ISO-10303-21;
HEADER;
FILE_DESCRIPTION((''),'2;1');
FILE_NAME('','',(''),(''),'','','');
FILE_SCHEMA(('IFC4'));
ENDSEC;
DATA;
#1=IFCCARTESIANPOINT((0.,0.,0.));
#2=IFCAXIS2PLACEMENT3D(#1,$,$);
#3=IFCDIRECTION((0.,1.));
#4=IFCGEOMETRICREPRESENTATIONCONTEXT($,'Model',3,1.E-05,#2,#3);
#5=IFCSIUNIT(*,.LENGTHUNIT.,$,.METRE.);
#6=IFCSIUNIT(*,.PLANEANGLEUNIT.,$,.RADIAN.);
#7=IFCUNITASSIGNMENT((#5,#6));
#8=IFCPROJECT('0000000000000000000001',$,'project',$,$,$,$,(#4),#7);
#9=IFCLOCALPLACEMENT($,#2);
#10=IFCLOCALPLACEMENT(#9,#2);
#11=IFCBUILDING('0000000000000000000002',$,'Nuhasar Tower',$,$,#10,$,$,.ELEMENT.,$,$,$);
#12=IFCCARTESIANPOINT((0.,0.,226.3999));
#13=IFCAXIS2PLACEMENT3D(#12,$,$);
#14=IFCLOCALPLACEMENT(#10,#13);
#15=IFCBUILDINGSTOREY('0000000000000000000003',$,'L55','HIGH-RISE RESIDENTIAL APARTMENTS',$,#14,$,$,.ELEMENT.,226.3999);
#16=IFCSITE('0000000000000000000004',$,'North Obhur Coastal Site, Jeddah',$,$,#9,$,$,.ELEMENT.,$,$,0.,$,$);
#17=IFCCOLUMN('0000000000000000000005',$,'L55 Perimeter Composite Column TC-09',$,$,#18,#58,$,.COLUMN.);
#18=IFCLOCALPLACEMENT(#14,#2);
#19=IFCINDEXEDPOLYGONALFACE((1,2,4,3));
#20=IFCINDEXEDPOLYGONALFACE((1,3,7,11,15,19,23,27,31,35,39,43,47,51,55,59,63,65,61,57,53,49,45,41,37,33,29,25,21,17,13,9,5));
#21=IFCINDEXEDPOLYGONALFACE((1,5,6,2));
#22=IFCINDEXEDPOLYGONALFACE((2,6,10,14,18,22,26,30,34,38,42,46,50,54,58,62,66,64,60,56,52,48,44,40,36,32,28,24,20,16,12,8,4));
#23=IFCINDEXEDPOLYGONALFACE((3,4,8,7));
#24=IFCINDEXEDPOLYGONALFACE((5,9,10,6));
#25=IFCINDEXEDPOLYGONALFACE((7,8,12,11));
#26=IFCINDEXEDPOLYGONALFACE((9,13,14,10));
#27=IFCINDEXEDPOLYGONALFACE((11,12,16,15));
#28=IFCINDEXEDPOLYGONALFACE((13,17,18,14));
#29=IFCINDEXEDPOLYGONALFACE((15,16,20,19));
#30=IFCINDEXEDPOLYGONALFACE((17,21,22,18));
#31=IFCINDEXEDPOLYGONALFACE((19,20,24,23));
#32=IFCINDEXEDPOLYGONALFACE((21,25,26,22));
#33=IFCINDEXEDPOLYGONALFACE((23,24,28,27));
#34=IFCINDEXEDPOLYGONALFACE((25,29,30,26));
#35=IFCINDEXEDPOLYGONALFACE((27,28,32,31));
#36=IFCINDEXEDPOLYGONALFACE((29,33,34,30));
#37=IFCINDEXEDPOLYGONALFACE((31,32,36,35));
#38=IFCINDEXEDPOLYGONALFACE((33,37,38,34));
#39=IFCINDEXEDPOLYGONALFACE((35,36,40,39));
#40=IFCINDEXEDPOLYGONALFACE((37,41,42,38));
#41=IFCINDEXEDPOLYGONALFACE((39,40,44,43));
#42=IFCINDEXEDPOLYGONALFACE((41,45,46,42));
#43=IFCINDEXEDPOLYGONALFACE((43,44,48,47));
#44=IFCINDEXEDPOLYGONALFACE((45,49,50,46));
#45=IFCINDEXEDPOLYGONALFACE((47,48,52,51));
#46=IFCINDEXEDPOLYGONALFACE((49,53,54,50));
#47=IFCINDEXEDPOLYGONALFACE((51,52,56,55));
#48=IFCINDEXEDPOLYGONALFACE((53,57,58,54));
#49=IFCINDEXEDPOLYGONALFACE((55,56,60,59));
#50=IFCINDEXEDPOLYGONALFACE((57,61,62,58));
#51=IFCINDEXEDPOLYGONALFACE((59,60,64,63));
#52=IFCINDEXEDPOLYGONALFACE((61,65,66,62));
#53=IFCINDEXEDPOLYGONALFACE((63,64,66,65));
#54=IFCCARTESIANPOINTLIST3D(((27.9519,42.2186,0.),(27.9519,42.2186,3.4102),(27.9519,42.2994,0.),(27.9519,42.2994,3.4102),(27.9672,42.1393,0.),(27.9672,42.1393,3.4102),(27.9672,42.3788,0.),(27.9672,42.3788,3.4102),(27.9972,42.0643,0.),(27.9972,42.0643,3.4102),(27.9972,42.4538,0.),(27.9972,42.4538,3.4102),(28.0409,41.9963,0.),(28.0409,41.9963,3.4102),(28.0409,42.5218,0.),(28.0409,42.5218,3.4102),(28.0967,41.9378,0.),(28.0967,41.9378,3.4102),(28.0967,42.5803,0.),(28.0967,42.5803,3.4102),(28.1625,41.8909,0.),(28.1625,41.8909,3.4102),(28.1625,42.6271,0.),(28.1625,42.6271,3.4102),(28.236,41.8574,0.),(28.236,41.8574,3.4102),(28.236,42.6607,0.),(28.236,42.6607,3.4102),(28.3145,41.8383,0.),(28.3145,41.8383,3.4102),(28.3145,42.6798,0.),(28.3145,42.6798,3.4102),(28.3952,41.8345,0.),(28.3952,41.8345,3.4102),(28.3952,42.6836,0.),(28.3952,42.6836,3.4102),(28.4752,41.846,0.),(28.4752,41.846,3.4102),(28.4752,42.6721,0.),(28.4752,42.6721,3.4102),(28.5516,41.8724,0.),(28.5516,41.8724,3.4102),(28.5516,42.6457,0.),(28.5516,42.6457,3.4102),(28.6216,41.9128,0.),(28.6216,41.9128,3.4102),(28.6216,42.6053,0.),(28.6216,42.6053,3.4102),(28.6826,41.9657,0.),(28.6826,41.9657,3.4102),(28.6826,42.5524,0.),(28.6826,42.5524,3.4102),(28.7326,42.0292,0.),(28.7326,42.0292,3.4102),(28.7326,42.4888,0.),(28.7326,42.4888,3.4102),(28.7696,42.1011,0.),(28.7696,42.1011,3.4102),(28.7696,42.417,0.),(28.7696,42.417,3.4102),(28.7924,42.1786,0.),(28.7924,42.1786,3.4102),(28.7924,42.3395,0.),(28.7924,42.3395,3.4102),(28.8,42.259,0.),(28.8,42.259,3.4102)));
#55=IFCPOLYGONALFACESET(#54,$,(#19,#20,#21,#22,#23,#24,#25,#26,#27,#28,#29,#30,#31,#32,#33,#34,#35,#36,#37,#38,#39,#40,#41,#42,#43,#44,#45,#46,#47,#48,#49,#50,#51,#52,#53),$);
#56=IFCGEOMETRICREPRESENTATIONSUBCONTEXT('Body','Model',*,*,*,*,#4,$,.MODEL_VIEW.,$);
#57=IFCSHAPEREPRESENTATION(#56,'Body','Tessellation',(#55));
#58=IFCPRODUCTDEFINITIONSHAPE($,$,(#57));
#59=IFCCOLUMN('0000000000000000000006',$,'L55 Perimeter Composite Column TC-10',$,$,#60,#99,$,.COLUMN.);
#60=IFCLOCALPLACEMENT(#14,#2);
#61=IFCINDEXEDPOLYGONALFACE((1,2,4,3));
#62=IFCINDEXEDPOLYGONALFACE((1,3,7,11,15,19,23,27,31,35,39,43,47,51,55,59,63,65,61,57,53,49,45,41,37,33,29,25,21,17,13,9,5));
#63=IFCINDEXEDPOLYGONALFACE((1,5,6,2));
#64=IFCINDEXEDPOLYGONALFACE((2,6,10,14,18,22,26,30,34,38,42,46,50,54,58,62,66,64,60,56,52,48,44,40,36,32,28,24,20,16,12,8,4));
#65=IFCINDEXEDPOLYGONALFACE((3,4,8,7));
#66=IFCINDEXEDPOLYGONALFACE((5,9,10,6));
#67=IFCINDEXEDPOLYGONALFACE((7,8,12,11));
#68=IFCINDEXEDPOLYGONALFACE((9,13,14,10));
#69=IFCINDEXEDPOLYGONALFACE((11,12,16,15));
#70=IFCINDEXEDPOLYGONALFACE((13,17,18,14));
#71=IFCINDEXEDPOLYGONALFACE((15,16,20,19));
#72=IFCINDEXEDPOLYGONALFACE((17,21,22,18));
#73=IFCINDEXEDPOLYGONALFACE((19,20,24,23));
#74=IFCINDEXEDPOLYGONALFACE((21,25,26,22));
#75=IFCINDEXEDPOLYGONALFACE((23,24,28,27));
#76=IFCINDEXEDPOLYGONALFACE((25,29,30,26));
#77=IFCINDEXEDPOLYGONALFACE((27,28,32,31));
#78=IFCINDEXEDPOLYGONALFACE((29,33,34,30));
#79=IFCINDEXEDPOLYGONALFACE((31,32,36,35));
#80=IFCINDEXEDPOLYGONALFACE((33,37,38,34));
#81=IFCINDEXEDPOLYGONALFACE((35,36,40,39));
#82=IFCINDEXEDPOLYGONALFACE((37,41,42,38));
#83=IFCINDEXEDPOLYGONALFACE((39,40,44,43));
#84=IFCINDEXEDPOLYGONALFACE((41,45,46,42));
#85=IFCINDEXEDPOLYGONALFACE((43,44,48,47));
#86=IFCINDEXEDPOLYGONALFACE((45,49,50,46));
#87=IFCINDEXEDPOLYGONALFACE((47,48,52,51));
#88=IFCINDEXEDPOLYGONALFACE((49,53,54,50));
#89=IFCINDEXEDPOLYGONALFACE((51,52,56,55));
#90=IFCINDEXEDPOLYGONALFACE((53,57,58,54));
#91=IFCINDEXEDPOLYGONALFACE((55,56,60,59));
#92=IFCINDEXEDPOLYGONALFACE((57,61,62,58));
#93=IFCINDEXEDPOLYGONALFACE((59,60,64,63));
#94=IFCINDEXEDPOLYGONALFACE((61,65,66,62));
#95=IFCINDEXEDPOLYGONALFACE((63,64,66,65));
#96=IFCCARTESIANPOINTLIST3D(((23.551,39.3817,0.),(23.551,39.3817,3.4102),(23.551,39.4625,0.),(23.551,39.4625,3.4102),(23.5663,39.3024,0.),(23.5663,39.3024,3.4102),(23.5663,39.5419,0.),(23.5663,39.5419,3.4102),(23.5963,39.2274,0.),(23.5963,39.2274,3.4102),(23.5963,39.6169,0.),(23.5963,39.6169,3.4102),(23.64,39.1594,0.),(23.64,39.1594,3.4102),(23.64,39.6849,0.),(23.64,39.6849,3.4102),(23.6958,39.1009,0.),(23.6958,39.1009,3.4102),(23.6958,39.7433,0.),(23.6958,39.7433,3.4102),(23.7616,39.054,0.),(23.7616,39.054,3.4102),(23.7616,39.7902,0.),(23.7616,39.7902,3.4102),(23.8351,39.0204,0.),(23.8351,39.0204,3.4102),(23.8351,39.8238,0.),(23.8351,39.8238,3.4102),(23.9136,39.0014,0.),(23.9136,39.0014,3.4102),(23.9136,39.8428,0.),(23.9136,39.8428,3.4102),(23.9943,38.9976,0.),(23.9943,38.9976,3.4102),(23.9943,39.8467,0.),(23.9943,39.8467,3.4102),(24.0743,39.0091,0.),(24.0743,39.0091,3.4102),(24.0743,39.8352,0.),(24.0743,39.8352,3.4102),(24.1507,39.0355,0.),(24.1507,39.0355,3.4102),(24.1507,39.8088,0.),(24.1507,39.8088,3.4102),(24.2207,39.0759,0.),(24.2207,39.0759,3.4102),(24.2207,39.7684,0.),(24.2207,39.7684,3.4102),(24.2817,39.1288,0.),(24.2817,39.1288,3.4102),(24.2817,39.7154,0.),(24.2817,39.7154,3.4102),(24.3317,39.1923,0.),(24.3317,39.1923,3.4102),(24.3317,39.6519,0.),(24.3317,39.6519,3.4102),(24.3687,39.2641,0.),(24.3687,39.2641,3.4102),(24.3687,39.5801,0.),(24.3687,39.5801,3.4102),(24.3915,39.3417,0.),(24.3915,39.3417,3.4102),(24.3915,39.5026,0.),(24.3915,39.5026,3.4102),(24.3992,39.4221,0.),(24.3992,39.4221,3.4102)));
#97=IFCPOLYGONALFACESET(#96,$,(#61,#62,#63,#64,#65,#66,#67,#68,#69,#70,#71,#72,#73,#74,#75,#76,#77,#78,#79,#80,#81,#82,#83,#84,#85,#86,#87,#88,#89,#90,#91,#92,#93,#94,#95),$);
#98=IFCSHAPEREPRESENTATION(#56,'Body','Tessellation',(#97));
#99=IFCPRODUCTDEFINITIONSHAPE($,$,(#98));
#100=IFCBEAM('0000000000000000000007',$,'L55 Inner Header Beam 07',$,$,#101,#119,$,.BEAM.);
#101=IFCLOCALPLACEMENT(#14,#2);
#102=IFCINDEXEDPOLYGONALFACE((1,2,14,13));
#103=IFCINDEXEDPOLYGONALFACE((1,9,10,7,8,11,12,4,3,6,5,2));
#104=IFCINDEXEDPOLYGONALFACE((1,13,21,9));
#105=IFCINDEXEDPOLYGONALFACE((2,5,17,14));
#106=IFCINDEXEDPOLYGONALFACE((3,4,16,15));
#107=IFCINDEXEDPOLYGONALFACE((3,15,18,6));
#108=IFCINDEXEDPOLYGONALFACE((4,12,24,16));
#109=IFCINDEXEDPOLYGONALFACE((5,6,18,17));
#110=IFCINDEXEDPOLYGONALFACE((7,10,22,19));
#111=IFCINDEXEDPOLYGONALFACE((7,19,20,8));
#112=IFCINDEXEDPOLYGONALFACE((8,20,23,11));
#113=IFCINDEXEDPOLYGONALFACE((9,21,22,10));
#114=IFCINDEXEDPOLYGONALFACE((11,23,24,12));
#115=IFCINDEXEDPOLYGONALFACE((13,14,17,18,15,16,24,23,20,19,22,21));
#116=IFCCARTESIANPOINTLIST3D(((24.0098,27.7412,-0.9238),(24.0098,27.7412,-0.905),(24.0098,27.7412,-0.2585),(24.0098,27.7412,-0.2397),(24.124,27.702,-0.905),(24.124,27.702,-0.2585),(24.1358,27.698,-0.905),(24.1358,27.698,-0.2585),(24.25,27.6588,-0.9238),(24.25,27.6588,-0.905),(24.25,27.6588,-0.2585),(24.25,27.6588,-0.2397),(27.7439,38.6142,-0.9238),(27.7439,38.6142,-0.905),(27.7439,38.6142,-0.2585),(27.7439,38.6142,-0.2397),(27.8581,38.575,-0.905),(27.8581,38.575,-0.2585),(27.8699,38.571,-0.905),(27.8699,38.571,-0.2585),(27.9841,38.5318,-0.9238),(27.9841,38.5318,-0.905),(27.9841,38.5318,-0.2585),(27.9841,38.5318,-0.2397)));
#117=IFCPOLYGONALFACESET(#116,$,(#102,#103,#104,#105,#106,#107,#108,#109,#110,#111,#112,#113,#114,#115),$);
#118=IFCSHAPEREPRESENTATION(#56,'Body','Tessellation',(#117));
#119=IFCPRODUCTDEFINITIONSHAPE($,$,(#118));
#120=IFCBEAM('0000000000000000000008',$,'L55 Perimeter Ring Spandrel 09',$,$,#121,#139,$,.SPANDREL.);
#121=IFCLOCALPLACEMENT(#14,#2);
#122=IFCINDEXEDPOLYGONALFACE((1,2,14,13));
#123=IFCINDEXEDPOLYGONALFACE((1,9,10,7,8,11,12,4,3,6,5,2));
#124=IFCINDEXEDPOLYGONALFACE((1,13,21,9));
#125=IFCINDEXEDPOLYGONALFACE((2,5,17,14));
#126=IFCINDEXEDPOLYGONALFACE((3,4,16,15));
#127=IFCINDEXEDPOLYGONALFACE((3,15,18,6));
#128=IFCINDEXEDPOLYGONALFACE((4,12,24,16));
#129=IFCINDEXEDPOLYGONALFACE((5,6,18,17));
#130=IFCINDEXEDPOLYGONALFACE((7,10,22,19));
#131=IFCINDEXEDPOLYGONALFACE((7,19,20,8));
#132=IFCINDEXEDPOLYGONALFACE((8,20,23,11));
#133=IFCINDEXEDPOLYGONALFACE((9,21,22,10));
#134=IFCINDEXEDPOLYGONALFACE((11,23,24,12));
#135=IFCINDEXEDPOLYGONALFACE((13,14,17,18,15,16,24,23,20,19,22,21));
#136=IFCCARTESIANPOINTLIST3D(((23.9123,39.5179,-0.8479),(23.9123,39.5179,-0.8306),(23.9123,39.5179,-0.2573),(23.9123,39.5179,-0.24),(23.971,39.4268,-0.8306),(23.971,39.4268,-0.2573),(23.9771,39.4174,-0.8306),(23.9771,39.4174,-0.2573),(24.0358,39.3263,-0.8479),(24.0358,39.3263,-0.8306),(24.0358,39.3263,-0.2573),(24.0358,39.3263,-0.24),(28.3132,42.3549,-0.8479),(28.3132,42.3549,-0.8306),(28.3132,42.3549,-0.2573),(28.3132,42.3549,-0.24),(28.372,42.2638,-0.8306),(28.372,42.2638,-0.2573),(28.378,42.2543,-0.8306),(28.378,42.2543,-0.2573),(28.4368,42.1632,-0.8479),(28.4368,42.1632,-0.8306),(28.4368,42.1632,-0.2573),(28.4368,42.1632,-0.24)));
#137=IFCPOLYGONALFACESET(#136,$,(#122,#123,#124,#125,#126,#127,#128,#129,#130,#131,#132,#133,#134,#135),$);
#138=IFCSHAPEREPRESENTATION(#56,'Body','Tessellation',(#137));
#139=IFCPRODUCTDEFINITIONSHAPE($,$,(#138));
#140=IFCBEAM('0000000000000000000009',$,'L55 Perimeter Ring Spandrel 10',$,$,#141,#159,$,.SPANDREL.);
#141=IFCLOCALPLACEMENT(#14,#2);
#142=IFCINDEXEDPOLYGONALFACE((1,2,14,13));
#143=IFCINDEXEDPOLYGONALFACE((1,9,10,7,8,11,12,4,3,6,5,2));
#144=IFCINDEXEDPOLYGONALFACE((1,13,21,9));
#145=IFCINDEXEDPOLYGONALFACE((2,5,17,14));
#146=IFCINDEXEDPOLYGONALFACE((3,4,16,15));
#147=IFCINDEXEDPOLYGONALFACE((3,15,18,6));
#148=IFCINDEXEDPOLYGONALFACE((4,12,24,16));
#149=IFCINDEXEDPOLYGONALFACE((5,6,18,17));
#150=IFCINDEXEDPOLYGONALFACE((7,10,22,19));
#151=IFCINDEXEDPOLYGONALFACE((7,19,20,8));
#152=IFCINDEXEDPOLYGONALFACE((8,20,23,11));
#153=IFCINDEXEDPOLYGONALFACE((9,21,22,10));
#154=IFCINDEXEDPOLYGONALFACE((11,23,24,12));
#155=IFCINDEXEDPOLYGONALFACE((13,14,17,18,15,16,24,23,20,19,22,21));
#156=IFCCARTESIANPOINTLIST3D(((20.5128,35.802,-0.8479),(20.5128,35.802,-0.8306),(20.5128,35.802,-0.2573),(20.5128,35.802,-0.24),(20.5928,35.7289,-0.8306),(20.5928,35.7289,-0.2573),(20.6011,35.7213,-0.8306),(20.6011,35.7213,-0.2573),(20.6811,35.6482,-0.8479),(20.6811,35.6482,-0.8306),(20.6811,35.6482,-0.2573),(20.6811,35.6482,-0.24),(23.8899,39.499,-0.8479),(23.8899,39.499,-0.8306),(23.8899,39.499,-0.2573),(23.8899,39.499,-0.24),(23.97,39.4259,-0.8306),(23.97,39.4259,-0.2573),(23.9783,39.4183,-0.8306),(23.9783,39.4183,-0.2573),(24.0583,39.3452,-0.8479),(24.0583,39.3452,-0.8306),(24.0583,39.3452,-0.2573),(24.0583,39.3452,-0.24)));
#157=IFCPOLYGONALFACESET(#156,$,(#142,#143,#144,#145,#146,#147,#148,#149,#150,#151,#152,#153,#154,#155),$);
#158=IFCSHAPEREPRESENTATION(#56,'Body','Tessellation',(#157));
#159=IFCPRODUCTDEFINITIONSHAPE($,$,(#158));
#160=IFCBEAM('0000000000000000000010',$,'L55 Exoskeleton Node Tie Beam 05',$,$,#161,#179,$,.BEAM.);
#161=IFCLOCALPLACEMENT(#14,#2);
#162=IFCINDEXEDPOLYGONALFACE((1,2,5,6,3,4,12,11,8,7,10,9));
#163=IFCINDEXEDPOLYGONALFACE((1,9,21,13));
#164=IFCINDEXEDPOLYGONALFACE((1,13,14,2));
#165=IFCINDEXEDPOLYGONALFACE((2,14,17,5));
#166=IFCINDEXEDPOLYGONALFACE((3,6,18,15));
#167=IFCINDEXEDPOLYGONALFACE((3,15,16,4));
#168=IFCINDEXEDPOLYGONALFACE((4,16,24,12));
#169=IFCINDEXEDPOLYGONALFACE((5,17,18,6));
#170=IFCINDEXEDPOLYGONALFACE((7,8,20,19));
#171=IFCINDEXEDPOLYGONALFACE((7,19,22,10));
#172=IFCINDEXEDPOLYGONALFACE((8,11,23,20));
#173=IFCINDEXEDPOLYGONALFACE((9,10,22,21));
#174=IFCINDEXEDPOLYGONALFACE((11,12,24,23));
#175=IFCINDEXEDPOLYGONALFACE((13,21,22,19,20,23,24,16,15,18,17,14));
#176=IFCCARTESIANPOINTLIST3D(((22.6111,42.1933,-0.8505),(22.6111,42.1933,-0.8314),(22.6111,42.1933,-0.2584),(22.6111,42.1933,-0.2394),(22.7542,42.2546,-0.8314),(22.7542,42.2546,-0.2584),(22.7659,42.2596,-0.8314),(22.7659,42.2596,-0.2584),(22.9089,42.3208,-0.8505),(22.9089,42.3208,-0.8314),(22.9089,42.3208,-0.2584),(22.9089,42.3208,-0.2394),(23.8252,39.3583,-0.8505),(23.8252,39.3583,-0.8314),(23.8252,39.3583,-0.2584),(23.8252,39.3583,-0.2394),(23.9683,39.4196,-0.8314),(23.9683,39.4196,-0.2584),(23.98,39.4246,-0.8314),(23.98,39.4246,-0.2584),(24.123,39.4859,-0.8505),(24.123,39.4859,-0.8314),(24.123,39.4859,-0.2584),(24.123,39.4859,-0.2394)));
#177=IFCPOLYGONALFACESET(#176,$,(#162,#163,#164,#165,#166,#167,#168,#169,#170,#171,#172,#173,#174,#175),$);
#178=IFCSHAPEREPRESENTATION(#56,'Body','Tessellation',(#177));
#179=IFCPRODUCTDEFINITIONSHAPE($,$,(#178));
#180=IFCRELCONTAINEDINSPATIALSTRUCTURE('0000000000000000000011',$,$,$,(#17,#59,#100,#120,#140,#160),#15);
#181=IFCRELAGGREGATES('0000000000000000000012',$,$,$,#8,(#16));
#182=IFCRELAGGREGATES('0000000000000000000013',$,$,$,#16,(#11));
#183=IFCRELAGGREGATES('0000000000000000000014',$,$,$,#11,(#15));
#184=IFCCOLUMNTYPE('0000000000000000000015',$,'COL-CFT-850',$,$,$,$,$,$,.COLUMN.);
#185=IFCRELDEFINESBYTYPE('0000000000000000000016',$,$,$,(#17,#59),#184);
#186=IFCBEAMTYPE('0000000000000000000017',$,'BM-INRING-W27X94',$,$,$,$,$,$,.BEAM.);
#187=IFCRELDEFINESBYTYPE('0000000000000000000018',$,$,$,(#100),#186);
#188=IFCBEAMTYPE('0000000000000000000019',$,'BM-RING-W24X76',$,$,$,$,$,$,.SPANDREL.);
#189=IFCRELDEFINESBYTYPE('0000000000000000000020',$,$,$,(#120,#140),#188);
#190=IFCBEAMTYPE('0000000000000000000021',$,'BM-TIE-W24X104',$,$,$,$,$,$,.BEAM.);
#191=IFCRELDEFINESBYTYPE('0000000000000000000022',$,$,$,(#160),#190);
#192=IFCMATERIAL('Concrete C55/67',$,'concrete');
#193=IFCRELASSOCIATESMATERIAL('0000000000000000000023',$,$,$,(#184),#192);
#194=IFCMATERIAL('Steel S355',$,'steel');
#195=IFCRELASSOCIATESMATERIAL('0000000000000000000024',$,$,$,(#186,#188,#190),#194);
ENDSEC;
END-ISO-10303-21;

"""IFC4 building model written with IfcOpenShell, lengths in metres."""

from ifc_helpers import new_model, si_unit, direction, frame, origin, origin_2d, place, context, subcontext, project, spatial, circle, i_section, extrude, material, material_profile, profile_set, type_object, element, save


model = new_model("IFC4")

# Units and contexts
model_context = context("Model", 3, precision=1e-05, world=origin(), true_north=direction((0.0, 1.0)))
body_context = subcontext(model_context, "Body", "Model", "MODEL_VIEW")
ifc_project = project(units=[si_unit("LENGTHUNIT", "METRE"), si_unit("PLANEANGLEUNIT", "RADIAN")], contexts=[model_context])

# Site, building, storey
site_placement = place(None, origin())
site = spatial("IfcSite", under=ifc_project, at=site_placement, Name="North Obhur Coastal Site, Jeddah", CompositionType="ELEMENT", RefElevation=0.0)
building_placement = place(site_placement, origin())
building = spatial("IfcBuilding", under=site, at=building_placement, Name="Nuhasar Tower", CompositionType="ELEMENT")
storey_placement = place(building_placement, frame((0.0, 0.0, 226.3999)))
storey = spatial("IfcBuildingStorey", under=building, at=storey_placement, Name="L55", Description="HIGH-RISE RESIDENTIAL APARTMENTS", CompositionType="ELEMENT", Elevation=226.3999)

# Columns
ifc_material_1 = material(Name="Concrete C55/67", Category="concrete")
ifc_material_profile_1 = material_profile(ifc_material_1, circle(Radius=0.425, at=origin_2d()), Name="CFT850")
ifc_profile_set_1 = profile_set([ifc_material_profile_1], Name="Concrete C55/67")
column_type = type_object("IfcColumnType", Name="COL-CFT-850", PredefinedType="COLUMN", material=ifc_profile_set_1)
for number, where, z_axis, x_axis, name in (
    (1, (28.375, 42.259, 0.0), (0.0, 0.0, 1.0), (1.0, 0.0, 0.0), "L55 Perimeter Composite Column TC-09"),
    (2, (23.9741, 39.4221, 0.0), (0.0, 0.0, 1.0), (1.0, 0.0, 0.0), "L55 Perimeter Composite Column TC-10"),
):
    element("IfcColumn", number, at=place(storey_placement, frame(where, z_axis=z_axis, x_axis=x_axis)), inside=storey, type_object=column_type, Name=name, PredefinedType="COLUMN", context=body_context, shape_type="SweptSolid", body=[
        extrude(circle(Radius=0.425, at=origin_2d()), origin(), (0.0, 0.0, 1.0), 3.4102),
    ])

# Beams
ifc_material_2 = material(Name="Steel S355", Category="steel")
ifc_material_profile_2 = material_profile(ifc_material_2, i_section(OverallWidth=0.2539, OverallDepth=0.6841, WebThickness=0.0125, FlangeThickness=0.0188, at=origin_2d()), Name="W27X94")
ifc_profile_set_2 = profile_set([ifc_material_profile_2], Name="Steel S355")
beam_type_1 = type_object("IfcBeamType", Name="BM-INRING-W27X94", PredefinedType="BEAM", material=ifc_profile_set_2)
beam_1_placement = place(storey_placement, frame((27.864, 38.573, -0.5818), z_axis=(-0.324809, -0.94578, 0.0), x_axis=(0.94578, -0.324809, 0.0)))
element("IfcBeam", 3, at=beam_1_placement, inside=storey, type_object=beam_type_1, Name="L55 Inner Header Beam 07", PredefinedType="BEAM", context=body_context, shape_type="SweptSolid", body=[
    extrude(i_section(OverallWidth=0.2539, OverallDepth=0.6841, WebThickness=0.0125, FlangeThickness=0.0188, at=origin_2d()), origin(), (0.0, 0.0, 1.0), 11.4963),
])
ifc_material_profile_3 = material_profile(ifc_material_2, i_section(OverallWidth=0.228, OverallDepth=0.6079, WebThickness=0.0112, FlangeThickness=0.0173, at=origin_2d()), Name="W24X76")
ifc_profile_set_3 = profile_set([ifc_material_profile_3], Name="Steel S355")
beam_type_2 = type_object("IfcBeamType", Name="BM-RING-W24X76", PredefinedType="SPANDREL", material=ifc_profile_set_3)
beam_2_placement = place(storey_placement, frame((28.375, 42.259, -0.5439), z_axis=(-0.840502, -0.541808, 0.0), x_axis=(0.541808, -0.840502, 0.0)))
element("IfcBeam", 4, at=beam_2_placement, inside=storey, type_object=beam_type_2, Name="L55 Perimeter Ring Spandrel 09", PredefinedType="SPANDREL", context=body_context, shape_type="SweptSolid", body=[
    extrude(i_section(OverallWidth=0.228, OverallDepth=0.6079, WebThickness=0.0112, FlangeThickness=0.0173, at=origin_2d()), origin(), (0.0, 0.0, 1.0), 5.2361),
])
beam_3_placement = place(storey_placement, frame((23.9741, 39.4221, -0.5439), z_axis=(-0.67445, -0.738321, 0.0), x_axis=(0.738321, -0.67445, 0.0)))
element("IfcBeam", 5, at=beam_3_placement, inside=storey, type_object=beam_type_2, Name="L55 Perimeter Ring Spandrel 10", PredefinedType="SPANDREL", context=body_context, shape_type="SweptSolid", body=[
    extrude(i_section(OverallWidth=0.228, OverallDepth=0.6079, WebThickness=0.0112, FlangeThickness=0.0173, at=origin_2d()), origin(), (0.0, 0.0, 1.0), 5.0073),
])
ifc_material_profile_4 = material_profile(ifc_material_2, i_section(OverallWidth=0.324, OverallDepth=0.6111, WebThickness=0.0127, FlangeThickness=0.019, at=origin_2d()), Name="W24X104")
ifc_profile_set_4 = profile_set([ifc_material_profile_4], Name="Steel S355")
beam_type_3 = type_object("IfcBeamType", Name="BM-TIE-W24X104", PredefinedType="BEAM", material=ifc_profile_set_4)
beam_4_placement = place(storey_placement, frame((23.9741, 39.4221, -0.5449), z_axis=(-0.39368, 0.919247, 0.0), x_axis=(-0.919247, -0.39368, 0.0)))
element("IfcBeam", 6, at=beam_4_placement, inside=storey, type_object=beam_type_3, Name="L55 Exoskeleton Node Tie Beam 05", PredefinedType="BEAM", context=body_context, shape_type="SweptSolid", body=[
    extrude(i_section(OverallWidth=0.324, OverallDepth=0.6111, WebThickness=0.0127, FlangeThickness=0.019, at=origin_2d()), origin(), (0.0, 0.0, 1.0), 3.084),
])

save(model, "model.ifc")
